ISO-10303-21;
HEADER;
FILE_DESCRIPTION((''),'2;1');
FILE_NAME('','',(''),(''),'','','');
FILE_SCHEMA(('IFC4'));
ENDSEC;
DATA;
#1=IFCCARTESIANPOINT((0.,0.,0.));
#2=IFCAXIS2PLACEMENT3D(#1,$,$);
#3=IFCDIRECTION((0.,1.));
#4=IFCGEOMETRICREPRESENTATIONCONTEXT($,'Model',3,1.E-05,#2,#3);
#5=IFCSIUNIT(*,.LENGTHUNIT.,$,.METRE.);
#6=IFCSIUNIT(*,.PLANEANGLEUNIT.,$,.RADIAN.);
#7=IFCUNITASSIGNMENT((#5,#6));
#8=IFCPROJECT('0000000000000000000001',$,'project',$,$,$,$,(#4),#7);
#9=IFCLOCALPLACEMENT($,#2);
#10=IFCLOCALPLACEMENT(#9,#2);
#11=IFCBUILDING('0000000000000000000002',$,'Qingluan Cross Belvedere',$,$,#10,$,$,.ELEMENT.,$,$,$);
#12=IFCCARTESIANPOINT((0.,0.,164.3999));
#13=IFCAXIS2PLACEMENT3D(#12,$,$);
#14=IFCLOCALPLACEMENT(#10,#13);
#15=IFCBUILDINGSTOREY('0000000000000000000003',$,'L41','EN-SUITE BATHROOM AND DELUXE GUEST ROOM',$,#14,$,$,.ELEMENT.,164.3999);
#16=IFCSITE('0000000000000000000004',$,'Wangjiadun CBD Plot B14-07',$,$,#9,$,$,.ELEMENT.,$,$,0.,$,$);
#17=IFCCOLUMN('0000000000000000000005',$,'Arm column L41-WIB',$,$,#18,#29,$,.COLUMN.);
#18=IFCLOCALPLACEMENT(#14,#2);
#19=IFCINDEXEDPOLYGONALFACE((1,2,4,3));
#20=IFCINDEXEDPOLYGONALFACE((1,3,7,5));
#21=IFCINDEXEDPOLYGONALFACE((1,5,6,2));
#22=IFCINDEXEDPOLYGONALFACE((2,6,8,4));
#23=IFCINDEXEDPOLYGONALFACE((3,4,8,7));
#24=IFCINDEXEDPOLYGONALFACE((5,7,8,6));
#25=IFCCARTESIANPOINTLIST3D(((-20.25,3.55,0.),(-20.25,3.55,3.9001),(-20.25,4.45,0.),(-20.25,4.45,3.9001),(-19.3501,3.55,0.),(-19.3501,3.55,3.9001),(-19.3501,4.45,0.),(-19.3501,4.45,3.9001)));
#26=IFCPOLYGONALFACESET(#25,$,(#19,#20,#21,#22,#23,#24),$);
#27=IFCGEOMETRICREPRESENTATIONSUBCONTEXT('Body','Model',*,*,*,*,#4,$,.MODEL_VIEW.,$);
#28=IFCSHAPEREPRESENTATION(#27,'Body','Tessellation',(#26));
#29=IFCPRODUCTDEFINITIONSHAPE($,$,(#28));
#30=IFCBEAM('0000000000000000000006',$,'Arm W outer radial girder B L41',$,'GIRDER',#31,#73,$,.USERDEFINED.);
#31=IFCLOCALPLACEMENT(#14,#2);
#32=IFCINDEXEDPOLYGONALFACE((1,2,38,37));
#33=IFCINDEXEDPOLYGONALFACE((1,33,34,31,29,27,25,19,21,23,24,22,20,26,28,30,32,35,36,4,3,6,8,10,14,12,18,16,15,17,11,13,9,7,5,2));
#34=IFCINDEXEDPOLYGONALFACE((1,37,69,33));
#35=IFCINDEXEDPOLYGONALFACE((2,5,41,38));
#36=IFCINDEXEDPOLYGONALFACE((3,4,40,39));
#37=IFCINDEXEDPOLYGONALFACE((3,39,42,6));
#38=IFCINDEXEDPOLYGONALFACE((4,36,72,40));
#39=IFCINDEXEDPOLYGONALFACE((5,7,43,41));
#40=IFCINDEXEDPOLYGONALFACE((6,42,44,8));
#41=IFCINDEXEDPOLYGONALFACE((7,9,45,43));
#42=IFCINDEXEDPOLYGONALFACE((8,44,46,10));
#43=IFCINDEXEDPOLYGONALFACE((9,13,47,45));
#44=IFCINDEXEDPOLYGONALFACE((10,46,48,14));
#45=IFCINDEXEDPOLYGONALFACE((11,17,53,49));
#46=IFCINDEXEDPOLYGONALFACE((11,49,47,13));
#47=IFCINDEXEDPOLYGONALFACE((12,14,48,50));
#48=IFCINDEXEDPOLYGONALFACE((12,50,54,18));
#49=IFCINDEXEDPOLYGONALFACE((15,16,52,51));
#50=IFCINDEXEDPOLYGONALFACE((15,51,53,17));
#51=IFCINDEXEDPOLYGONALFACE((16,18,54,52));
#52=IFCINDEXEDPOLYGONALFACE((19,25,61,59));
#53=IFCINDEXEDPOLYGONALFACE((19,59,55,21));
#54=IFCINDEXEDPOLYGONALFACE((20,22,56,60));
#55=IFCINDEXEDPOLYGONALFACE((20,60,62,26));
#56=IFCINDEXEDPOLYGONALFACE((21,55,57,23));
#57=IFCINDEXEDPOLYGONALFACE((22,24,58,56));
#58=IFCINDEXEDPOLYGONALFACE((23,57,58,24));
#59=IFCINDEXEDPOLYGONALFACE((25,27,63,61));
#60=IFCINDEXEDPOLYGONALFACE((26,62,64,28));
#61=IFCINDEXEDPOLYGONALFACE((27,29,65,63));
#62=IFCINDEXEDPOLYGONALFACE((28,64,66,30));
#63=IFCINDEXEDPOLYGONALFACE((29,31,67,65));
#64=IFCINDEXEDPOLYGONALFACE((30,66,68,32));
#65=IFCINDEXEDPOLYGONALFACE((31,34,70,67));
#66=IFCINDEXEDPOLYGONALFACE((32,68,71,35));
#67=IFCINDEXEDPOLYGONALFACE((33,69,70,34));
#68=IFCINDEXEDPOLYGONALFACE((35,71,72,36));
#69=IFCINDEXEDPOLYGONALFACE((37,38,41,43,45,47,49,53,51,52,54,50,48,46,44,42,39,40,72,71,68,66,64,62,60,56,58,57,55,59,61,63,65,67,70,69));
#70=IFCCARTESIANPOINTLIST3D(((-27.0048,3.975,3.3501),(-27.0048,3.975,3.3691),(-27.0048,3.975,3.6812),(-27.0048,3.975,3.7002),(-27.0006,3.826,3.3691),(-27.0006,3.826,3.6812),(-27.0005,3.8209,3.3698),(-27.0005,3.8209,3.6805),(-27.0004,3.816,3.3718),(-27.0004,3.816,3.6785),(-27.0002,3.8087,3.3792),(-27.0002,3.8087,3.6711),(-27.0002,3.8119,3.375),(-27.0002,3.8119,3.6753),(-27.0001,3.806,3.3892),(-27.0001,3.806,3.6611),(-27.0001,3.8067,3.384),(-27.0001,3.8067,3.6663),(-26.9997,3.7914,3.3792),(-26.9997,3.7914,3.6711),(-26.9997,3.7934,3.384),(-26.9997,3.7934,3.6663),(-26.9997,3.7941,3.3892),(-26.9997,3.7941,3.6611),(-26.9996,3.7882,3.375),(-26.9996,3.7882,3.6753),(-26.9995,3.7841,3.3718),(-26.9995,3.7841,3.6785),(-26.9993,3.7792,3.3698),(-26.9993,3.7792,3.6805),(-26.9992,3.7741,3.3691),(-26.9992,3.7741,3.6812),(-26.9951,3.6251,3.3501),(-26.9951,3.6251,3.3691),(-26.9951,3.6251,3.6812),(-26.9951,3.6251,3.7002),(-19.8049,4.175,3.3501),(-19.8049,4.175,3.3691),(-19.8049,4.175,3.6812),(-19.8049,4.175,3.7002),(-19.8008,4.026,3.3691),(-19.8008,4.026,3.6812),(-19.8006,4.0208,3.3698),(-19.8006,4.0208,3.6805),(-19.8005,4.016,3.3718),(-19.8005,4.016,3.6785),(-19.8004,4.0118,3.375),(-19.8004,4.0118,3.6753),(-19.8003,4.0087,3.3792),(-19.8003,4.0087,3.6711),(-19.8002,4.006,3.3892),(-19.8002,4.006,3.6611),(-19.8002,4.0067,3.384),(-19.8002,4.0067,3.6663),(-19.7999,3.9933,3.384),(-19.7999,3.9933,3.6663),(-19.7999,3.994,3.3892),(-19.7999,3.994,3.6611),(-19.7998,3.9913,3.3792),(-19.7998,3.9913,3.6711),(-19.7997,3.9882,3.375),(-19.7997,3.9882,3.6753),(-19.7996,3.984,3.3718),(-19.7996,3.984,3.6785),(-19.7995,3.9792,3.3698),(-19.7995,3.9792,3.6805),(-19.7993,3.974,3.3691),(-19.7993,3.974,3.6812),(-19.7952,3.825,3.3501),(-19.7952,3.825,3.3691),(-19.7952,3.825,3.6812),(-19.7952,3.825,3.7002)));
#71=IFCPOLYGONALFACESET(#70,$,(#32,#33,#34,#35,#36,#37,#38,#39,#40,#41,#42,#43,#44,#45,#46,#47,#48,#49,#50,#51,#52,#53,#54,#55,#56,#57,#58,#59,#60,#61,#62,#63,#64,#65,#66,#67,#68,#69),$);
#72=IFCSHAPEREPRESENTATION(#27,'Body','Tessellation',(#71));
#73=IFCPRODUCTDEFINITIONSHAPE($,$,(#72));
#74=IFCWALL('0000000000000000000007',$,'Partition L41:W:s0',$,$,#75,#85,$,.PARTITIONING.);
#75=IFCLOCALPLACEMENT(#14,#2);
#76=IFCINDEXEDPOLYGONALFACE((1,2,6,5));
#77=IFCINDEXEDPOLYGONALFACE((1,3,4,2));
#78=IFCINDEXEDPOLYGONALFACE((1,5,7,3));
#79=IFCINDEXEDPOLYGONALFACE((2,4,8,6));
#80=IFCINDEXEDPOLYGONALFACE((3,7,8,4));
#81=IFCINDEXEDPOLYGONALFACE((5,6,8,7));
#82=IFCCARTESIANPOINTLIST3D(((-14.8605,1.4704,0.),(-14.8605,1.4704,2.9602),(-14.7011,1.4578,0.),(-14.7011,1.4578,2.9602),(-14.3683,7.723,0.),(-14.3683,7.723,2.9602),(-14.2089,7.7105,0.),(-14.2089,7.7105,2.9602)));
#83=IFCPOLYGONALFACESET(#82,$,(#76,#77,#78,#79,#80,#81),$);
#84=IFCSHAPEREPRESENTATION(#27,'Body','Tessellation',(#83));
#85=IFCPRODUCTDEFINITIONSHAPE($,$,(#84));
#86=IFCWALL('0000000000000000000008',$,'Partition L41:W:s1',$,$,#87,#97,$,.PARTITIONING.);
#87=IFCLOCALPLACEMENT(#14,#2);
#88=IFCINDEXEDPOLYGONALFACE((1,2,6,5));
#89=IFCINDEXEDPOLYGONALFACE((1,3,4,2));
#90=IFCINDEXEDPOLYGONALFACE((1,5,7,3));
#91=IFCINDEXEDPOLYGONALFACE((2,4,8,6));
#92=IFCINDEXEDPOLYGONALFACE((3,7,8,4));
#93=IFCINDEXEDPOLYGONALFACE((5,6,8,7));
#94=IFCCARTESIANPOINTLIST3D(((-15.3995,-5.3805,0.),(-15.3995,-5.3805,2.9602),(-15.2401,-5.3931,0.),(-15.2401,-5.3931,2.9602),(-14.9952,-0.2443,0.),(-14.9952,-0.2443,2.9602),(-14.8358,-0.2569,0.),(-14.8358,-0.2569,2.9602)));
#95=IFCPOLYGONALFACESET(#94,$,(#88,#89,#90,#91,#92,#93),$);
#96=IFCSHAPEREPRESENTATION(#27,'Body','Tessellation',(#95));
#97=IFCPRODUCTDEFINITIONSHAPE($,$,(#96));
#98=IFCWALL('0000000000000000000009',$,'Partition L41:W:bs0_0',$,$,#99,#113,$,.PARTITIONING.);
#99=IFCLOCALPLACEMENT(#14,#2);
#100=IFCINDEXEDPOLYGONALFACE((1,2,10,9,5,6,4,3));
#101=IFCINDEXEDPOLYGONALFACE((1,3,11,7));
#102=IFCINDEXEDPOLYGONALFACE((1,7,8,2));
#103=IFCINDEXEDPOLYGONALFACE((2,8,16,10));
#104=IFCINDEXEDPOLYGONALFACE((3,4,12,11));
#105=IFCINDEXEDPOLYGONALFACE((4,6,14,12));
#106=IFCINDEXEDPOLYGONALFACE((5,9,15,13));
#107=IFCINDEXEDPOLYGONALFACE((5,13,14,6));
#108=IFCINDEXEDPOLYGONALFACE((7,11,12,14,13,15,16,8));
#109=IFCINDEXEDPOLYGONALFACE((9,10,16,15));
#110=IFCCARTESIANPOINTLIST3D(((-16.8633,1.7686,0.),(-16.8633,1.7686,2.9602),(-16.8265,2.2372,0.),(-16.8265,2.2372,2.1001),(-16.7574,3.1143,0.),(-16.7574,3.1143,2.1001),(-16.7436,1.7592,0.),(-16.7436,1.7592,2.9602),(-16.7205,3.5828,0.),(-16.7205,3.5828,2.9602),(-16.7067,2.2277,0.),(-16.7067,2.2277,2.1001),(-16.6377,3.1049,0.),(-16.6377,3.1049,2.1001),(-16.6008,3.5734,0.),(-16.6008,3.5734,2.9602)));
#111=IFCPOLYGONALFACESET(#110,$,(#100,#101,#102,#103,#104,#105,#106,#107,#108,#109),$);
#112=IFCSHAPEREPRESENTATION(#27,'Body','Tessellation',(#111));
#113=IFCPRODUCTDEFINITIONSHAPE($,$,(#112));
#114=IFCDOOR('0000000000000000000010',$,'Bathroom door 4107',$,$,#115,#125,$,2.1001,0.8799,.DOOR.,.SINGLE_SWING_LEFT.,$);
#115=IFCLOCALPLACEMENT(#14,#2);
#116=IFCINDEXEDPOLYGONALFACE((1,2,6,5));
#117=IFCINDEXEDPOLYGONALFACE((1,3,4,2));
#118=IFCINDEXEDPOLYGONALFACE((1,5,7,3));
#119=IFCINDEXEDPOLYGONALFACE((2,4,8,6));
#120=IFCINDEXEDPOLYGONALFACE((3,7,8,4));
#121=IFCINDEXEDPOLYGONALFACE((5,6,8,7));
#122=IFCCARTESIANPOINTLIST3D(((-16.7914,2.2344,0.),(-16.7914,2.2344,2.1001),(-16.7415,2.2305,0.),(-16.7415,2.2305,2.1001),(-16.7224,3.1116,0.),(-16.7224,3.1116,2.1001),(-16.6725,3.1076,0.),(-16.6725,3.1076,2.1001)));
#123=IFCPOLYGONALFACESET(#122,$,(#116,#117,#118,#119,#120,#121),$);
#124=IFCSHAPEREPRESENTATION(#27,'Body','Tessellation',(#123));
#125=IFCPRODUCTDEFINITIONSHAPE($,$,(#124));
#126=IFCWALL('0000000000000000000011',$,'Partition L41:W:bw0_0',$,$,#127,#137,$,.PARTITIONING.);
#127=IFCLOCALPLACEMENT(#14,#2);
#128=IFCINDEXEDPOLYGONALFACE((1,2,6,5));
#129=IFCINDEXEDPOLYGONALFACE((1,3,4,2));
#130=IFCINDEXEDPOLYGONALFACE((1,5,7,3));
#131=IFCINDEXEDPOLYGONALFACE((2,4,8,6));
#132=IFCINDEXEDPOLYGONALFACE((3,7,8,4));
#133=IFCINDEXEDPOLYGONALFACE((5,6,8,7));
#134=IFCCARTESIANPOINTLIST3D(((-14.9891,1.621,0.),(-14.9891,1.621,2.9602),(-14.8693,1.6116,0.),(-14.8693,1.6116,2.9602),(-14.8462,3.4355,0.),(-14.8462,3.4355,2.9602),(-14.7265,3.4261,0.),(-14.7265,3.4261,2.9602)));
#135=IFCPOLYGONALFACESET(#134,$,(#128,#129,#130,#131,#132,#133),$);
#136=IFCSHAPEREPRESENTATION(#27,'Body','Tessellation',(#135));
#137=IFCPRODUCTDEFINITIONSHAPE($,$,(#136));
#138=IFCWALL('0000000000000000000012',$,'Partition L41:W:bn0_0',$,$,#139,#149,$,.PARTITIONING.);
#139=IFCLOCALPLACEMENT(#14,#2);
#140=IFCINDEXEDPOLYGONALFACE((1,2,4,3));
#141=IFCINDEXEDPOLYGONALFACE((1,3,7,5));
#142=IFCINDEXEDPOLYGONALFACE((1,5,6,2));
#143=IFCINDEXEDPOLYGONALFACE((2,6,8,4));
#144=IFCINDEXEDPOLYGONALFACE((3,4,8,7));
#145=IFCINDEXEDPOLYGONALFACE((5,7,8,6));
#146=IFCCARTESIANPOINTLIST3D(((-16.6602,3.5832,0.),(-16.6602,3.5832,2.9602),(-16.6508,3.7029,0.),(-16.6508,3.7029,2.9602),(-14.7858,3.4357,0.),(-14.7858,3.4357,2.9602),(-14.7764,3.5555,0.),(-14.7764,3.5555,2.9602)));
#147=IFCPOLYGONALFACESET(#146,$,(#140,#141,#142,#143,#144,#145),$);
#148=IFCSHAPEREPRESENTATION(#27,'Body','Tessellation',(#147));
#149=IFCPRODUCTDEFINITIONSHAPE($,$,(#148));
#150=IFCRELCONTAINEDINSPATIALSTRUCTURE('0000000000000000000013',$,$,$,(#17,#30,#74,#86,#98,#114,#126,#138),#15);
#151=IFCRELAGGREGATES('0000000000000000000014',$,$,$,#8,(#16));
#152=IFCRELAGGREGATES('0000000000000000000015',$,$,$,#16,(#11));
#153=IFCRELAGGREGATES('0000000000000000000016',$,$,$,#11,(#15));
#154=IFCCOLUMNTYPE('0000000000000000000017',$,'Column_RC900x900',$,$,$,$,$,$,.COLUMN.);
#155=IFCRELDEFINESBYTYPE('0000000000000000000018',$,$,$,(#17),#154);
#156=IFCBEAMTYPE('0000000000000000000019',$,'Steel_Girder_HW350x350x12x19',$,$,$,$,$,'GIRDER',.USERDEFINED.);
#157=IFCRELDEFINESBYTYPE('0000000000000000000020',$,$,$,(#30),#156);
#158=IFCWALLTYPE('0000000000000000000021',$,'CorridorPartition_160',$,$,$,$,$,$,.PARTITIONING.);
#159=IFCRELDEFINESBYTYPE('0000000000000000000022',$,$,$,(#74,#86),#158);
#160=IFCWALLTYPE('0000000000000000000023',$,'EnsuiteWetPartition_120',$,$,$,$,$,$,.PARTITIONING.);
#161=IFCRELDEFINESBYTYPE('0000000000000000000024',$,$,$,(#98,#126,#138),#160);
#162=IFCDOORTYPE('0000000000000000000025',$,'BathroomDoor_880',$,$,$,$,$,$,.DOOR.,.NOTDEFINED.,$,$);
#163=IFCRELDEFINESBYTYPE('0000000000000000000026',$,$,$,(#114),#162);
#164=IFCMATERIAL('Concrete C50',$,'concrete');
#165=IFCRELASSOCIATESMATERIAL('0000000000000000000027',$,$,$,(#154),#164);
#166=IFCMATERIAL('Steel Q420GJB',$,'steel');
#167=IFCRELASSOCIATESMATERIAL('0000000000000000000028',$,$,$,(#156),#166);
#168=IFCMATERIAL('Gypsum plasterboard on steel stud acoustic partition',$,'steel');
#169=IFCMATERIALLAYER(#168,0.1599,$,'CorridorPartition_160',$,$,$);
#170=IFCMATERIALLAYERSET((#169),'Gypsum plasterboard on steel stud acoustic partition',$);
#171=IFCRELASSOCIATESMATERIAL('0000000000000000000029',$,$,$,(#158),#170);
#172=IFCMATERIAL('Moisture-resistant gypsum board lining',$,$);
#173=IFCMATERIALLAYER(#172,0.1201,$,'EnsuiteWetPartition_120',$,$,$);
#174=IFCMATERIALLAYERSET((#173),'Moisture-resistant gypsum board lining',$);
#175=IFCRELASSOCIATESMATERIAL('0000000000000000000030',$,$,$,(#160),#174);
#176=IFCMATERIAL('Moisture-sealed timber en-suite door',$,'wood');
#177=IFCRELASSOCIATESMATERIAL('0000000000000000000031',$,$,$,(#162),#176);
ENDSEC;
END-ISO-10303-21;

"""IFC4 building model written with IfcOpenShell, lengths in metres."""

from ifc_helpers import new_model, si_unit, direction, frame, frame_2d, origin, origin_2d, place, context, subcontext, project, spatial, rectangle, i_section, extrude, material, layer, layer_set, material_profile, profile_set, type_object, element, fill, save


model = new_model("IFC4")

# Units and contexts
model_context = context("Model", 3, precision=1e-05, world=origin(), true_north=direction((0.0, 1.0)))
body_context = subcontext(model_context, "Body", "Model", "MODEL_VIEW")
ifc_project = project(units=[si_unit("LENGTHUNIT", "METRE"), si_unit("PLANEANGLEUNIT", "RADIAN")], contexts=[model_context])

# Site, building, storey
site_placement = place(None, origin())
site = spatial("IfcSite", under=ifc_project, at=site_placement, Name="Wangjiadun CBD Plot B14-07", CompositionType="ELEMENT", RefElevation=0.0)
building_placement = place(site_placement, origin())
building = spatial("IfcBuilding", under=site, at=building_placement, Name="Qingluan Cross Belvedere", CompositionType="ELEMENT")
storey_placement = place(building_placement, frame((0.0, 0.0, 164.3999)))
storey = spatial("IfcBuildingStorey", under=building, at=storey_placement, Name="L41", Description="EN-SUITE BATHROOM AND DELUXE GUEST ROOM", CompositionType="ELEMENT", Elevation=164.3999)

# Column
ifc_material_1 = material(Name="Concrete C50", Category="concrete")
ifc_material_profile_1 = material_profile(ifc_material_1, rectangle(XDim=0.8999, YDim=0.8999, at=origin_2d()), Name="RC900x900")
ifc_profile_set_1 = profile_set([ifc_material_profile_1], Name="Concrete C50")
column_type = type_object("IfcColumnType", Name="Column_RC900x900", PredefinedType="COLUMN", material=ifc_profile_set_1)
column_placement = place(storey_placement, frame((-19.8, 4.0, 0.0), z_axis=(0.0, 0.0, 1.0), x_axis=(1.0, 0.0, 0.0)))
element("IfcColumn", 1, at=column_placement, inside=storey, type_object=column_type, Name="Arm column L41-WIB", PredefinedType="COLUMN", context=body_context, shape_type="SweptSolid", body=[
    extrude(rectangle(XDim=0.8999, YDim=0.8999, at=origin_2d()), origin(), (0.0, 0.0, 1.0), 3.9001),
])

# Beam
ifc_material_2 = material(Name="Steel Q420GJB", Category="steel")
ifc_material_profile_2 = material_profile(ifc_material_2, i_section(OverallWidth=0.3501, OverallDepth=0.3501, WebThickness=0.012, FlangeThickness=0.019, FilletRadius=0.02, at=origin_2d()), Name="HW350x350x12x19")
ifc_profile_set_2 = profile_set([ifc_material_profile_2], Name="Steel Q420GJB")
beam_type = type_object("IfcBeamType", Name="Steel_Girder_HW350x350x12x19", ElementType="GIRDER", PredefinedType="USERDEFINED", material=ifc_profile_set_2)
beam_placement = place(storey_placement, frame((-19.8, 4.0, 3.5251), z_axis=(-0.999615, -0.02776, 0.0), x_axis=(0.02776, -0.999615, 0.0)))
element("IfcBeam", 2, at=beam_placement, inside=storey, type_object=beam_type, Name="Arm W outer radial girder B L41", ObjectType="GIRDER", PredefinedType="USERDEFINED", context=body_context, shape_type="SweptSolid", body=[
    extrude(i_section(OverallWidth=0.3501, OverallDepth=0.3501, WebThickness=0.012, FlangeThickness=0.019, FilletRadius=0.02, at=origin_2d()), origin(), (0.0, 0.0, 1.0), 7.2026),
])

# Shared definitions
ifc_material_3 = material(Name="Gypsum plasterboard on steel stud acoustic partition", Category="steel")
ifc_layer_1 = layer(ifc_material_3, 0.1599, Name="CorridorPartition_160")
ifc_layer_set_1 = layer_set([ifc_layer_1], Name="Gypsum plasterboard on steel stud acoustic partition")
wall_type_1 = type_object("IfcWallType", Name="CorridorPartition_160", PredefinedType="PARTITIONING", material=ifc_layer_set_1)

# Wall
wall_1_placement = place(storey_placement, frame((-14.7808, 1.4641, 0.0), z_axis=(0.0, 0.0, 1.0), x_axis=(0.078473, 0.996916, 0.0)))
element("IfcWall", 3, at=wall_1_placement, inside=storey, type_object=wall_type_1, Name="Partition L41:W:s0", PredefinedType="PARTITIONING", context=body_context, shape_type="SweptSolid", body=[
    extrude(rectangle(XDim=6.272, YDim=0.1599, at=frame_2d((3.136, 0.0))), origin(), (0.0, 0.0, 1.0), 2.9602),
])

# Wall
wall_2_placement = place(storey_placement, frame((-14.9155, -0.2505, 0.0), z_axis=(0.0, 0.0, 1.0), x_axis=(-0.078472, -0.996916, 0.0)))
element("IfcWall", 4, at=wall_2_placement, inside=storey, type_object=wall_type_1, Name="Partition L41:W:s1", PredefinedType="PARTITIONING", context=body_context, shape_type="SweptSolid", body=[
    extrude(rectangle(XDim=5.1521, YDim=0.1599, at=frame_2d((2.5762, 0.0))), origin(), (0.0, 0.0, 1.0), 2.9602),
])

# Wall, opening, door
ifc_material_4 = material(Name="Moisture-resistant gypsum board lining")
ifc_layer_2 = layer(ifc_material_4, 0.1201, Name="EnsuiteWetPartition_120")
ifc_layer_set_2 = layer_set([ifc_layer_2], Name="Moisture-resistant gypsum board lining")
wall_type_2 = type_object("IfcWallType", Name="EnsuiteWetPartition_120", PredefinedType="PARTITIONING", material=ifc_layer_set_2)
wall_3_placement = place(storey_placement, frame((-16.8035, 1.7639, 0.0), z_axis=(0.0, 0.0, 1.0), x_axis=(0.078481, 0.996916, 0.0)))
wall_3 = element("IfcWall", 5, at=wall_3_placement, inside=storey, type_object=wall_type_2, Name="Partition L41:W:bs0_0", PredefinedType="PARTITIONING", context=body_context, shape_type="SweptSolid", body=[
    extrude(rectangle(XDim=1.8198, YDim=0.1201, at=frame_2d((0.9099, 0.0))), origin(), (0.0, 0.0, 1.0), 2.9602),
])
opening_1_placement = place(wall_3_placement, frame((0.47, 0.0, 0.0)))
opening_1 = element("IfcOpeningElement", 6, at=opening_1_placement, cuts=wall_3, PredefinedType="OPENING", context=body_context, shape_type="SweptSolid", body=[
    extrude(rectangle(XDim=0.8799, YDim=2.1001, at=frame_2d((0.4399, 1.05))), frame((0.0, 0.0701, 0.0), z_axis=(0.0, -1.0, 0.0), x_axis=(1.0, 0.0, 0.0)), (0.0, 0.0, 1.0), 0.1401),
])
ifc_material_5 = material(Name="Moisture-sealed timber en-suite door", Category="wood")
door_type_1 = type_object("IfcDoorType", Name="BathroomDoor_880", OperationType="NOTDEFINED", PredefinedType="DOOR", material=ifc_material_5)
door_1_placement = place(opening_1_placement, origin())
door_1 = element("IfcDoor", 7, at=door_1_placement, inside=storey, type_object=door_type_1, Name="Bathroom door 4107", OperationType="SINGLE_SWING_LEFT", OverallHeight=2.1001, OverallWidth=0.8799, PredefinedType="DOOR", context=body_context, shape_type="SweptSolid", body=[
    extrude(rectangle(XDim=0.8799, YDim=2.1001, at=frame_2d((0.4399, 1.05))), frame((0.0, 0.0249, 0.0), z_axis=(0.0, -1.0, 0.0), x_axis=(1.0, 0.0, 0.0)), (0.0, 0.0, 1.0), 0.05),
])
fill(opening_1, door_1)

# Walls
wall_4_placement = place(storey_placement, frame((-14.9292, 1.6162, 0.0), z_axis=(0.0, 0.0, 1.0), x_axis=(0.078471, 0.996916, 0.0)))
element("IfcWall", 8, at=wall_4_placement, inside=storey, type_object=wall_type_2, Name="Partition L41:W:bw0_0", PredefinedType="PARTITIONING", context=body_context, shape_type="SweptSolid", body=[
    extrude(rectangle(XDim=1.8201, YDim=0.1201, at=frame_2d((0.9102, 0.0))), origin(), (0.0, 0.0, 1.0), 2.9602),
])
wall_5_placement = place(storey_placement, frame((-14.7812, 3.4956, 0.0), z_axis=(0.0, 0.0, 1.0), x_axis=(-0.996919, 0.078434, 0.0)))
element("IfcWall", 9, at=wall_5_placement, inside=storey, type_object=wall_type_2, Name="Partition L41:W:bn0_0", PredefinedType="PARTITIONING", context=body_context, shape_type="SweptSolid", body=[
    extrude(rectangle(XDim=1.8801, YDim=0.1201, at=frame_2d((0.9399, 0.0))), origin(), (0.0, 0.0, 1.0), 2.9602),
])

save(model, "model.ifc")
